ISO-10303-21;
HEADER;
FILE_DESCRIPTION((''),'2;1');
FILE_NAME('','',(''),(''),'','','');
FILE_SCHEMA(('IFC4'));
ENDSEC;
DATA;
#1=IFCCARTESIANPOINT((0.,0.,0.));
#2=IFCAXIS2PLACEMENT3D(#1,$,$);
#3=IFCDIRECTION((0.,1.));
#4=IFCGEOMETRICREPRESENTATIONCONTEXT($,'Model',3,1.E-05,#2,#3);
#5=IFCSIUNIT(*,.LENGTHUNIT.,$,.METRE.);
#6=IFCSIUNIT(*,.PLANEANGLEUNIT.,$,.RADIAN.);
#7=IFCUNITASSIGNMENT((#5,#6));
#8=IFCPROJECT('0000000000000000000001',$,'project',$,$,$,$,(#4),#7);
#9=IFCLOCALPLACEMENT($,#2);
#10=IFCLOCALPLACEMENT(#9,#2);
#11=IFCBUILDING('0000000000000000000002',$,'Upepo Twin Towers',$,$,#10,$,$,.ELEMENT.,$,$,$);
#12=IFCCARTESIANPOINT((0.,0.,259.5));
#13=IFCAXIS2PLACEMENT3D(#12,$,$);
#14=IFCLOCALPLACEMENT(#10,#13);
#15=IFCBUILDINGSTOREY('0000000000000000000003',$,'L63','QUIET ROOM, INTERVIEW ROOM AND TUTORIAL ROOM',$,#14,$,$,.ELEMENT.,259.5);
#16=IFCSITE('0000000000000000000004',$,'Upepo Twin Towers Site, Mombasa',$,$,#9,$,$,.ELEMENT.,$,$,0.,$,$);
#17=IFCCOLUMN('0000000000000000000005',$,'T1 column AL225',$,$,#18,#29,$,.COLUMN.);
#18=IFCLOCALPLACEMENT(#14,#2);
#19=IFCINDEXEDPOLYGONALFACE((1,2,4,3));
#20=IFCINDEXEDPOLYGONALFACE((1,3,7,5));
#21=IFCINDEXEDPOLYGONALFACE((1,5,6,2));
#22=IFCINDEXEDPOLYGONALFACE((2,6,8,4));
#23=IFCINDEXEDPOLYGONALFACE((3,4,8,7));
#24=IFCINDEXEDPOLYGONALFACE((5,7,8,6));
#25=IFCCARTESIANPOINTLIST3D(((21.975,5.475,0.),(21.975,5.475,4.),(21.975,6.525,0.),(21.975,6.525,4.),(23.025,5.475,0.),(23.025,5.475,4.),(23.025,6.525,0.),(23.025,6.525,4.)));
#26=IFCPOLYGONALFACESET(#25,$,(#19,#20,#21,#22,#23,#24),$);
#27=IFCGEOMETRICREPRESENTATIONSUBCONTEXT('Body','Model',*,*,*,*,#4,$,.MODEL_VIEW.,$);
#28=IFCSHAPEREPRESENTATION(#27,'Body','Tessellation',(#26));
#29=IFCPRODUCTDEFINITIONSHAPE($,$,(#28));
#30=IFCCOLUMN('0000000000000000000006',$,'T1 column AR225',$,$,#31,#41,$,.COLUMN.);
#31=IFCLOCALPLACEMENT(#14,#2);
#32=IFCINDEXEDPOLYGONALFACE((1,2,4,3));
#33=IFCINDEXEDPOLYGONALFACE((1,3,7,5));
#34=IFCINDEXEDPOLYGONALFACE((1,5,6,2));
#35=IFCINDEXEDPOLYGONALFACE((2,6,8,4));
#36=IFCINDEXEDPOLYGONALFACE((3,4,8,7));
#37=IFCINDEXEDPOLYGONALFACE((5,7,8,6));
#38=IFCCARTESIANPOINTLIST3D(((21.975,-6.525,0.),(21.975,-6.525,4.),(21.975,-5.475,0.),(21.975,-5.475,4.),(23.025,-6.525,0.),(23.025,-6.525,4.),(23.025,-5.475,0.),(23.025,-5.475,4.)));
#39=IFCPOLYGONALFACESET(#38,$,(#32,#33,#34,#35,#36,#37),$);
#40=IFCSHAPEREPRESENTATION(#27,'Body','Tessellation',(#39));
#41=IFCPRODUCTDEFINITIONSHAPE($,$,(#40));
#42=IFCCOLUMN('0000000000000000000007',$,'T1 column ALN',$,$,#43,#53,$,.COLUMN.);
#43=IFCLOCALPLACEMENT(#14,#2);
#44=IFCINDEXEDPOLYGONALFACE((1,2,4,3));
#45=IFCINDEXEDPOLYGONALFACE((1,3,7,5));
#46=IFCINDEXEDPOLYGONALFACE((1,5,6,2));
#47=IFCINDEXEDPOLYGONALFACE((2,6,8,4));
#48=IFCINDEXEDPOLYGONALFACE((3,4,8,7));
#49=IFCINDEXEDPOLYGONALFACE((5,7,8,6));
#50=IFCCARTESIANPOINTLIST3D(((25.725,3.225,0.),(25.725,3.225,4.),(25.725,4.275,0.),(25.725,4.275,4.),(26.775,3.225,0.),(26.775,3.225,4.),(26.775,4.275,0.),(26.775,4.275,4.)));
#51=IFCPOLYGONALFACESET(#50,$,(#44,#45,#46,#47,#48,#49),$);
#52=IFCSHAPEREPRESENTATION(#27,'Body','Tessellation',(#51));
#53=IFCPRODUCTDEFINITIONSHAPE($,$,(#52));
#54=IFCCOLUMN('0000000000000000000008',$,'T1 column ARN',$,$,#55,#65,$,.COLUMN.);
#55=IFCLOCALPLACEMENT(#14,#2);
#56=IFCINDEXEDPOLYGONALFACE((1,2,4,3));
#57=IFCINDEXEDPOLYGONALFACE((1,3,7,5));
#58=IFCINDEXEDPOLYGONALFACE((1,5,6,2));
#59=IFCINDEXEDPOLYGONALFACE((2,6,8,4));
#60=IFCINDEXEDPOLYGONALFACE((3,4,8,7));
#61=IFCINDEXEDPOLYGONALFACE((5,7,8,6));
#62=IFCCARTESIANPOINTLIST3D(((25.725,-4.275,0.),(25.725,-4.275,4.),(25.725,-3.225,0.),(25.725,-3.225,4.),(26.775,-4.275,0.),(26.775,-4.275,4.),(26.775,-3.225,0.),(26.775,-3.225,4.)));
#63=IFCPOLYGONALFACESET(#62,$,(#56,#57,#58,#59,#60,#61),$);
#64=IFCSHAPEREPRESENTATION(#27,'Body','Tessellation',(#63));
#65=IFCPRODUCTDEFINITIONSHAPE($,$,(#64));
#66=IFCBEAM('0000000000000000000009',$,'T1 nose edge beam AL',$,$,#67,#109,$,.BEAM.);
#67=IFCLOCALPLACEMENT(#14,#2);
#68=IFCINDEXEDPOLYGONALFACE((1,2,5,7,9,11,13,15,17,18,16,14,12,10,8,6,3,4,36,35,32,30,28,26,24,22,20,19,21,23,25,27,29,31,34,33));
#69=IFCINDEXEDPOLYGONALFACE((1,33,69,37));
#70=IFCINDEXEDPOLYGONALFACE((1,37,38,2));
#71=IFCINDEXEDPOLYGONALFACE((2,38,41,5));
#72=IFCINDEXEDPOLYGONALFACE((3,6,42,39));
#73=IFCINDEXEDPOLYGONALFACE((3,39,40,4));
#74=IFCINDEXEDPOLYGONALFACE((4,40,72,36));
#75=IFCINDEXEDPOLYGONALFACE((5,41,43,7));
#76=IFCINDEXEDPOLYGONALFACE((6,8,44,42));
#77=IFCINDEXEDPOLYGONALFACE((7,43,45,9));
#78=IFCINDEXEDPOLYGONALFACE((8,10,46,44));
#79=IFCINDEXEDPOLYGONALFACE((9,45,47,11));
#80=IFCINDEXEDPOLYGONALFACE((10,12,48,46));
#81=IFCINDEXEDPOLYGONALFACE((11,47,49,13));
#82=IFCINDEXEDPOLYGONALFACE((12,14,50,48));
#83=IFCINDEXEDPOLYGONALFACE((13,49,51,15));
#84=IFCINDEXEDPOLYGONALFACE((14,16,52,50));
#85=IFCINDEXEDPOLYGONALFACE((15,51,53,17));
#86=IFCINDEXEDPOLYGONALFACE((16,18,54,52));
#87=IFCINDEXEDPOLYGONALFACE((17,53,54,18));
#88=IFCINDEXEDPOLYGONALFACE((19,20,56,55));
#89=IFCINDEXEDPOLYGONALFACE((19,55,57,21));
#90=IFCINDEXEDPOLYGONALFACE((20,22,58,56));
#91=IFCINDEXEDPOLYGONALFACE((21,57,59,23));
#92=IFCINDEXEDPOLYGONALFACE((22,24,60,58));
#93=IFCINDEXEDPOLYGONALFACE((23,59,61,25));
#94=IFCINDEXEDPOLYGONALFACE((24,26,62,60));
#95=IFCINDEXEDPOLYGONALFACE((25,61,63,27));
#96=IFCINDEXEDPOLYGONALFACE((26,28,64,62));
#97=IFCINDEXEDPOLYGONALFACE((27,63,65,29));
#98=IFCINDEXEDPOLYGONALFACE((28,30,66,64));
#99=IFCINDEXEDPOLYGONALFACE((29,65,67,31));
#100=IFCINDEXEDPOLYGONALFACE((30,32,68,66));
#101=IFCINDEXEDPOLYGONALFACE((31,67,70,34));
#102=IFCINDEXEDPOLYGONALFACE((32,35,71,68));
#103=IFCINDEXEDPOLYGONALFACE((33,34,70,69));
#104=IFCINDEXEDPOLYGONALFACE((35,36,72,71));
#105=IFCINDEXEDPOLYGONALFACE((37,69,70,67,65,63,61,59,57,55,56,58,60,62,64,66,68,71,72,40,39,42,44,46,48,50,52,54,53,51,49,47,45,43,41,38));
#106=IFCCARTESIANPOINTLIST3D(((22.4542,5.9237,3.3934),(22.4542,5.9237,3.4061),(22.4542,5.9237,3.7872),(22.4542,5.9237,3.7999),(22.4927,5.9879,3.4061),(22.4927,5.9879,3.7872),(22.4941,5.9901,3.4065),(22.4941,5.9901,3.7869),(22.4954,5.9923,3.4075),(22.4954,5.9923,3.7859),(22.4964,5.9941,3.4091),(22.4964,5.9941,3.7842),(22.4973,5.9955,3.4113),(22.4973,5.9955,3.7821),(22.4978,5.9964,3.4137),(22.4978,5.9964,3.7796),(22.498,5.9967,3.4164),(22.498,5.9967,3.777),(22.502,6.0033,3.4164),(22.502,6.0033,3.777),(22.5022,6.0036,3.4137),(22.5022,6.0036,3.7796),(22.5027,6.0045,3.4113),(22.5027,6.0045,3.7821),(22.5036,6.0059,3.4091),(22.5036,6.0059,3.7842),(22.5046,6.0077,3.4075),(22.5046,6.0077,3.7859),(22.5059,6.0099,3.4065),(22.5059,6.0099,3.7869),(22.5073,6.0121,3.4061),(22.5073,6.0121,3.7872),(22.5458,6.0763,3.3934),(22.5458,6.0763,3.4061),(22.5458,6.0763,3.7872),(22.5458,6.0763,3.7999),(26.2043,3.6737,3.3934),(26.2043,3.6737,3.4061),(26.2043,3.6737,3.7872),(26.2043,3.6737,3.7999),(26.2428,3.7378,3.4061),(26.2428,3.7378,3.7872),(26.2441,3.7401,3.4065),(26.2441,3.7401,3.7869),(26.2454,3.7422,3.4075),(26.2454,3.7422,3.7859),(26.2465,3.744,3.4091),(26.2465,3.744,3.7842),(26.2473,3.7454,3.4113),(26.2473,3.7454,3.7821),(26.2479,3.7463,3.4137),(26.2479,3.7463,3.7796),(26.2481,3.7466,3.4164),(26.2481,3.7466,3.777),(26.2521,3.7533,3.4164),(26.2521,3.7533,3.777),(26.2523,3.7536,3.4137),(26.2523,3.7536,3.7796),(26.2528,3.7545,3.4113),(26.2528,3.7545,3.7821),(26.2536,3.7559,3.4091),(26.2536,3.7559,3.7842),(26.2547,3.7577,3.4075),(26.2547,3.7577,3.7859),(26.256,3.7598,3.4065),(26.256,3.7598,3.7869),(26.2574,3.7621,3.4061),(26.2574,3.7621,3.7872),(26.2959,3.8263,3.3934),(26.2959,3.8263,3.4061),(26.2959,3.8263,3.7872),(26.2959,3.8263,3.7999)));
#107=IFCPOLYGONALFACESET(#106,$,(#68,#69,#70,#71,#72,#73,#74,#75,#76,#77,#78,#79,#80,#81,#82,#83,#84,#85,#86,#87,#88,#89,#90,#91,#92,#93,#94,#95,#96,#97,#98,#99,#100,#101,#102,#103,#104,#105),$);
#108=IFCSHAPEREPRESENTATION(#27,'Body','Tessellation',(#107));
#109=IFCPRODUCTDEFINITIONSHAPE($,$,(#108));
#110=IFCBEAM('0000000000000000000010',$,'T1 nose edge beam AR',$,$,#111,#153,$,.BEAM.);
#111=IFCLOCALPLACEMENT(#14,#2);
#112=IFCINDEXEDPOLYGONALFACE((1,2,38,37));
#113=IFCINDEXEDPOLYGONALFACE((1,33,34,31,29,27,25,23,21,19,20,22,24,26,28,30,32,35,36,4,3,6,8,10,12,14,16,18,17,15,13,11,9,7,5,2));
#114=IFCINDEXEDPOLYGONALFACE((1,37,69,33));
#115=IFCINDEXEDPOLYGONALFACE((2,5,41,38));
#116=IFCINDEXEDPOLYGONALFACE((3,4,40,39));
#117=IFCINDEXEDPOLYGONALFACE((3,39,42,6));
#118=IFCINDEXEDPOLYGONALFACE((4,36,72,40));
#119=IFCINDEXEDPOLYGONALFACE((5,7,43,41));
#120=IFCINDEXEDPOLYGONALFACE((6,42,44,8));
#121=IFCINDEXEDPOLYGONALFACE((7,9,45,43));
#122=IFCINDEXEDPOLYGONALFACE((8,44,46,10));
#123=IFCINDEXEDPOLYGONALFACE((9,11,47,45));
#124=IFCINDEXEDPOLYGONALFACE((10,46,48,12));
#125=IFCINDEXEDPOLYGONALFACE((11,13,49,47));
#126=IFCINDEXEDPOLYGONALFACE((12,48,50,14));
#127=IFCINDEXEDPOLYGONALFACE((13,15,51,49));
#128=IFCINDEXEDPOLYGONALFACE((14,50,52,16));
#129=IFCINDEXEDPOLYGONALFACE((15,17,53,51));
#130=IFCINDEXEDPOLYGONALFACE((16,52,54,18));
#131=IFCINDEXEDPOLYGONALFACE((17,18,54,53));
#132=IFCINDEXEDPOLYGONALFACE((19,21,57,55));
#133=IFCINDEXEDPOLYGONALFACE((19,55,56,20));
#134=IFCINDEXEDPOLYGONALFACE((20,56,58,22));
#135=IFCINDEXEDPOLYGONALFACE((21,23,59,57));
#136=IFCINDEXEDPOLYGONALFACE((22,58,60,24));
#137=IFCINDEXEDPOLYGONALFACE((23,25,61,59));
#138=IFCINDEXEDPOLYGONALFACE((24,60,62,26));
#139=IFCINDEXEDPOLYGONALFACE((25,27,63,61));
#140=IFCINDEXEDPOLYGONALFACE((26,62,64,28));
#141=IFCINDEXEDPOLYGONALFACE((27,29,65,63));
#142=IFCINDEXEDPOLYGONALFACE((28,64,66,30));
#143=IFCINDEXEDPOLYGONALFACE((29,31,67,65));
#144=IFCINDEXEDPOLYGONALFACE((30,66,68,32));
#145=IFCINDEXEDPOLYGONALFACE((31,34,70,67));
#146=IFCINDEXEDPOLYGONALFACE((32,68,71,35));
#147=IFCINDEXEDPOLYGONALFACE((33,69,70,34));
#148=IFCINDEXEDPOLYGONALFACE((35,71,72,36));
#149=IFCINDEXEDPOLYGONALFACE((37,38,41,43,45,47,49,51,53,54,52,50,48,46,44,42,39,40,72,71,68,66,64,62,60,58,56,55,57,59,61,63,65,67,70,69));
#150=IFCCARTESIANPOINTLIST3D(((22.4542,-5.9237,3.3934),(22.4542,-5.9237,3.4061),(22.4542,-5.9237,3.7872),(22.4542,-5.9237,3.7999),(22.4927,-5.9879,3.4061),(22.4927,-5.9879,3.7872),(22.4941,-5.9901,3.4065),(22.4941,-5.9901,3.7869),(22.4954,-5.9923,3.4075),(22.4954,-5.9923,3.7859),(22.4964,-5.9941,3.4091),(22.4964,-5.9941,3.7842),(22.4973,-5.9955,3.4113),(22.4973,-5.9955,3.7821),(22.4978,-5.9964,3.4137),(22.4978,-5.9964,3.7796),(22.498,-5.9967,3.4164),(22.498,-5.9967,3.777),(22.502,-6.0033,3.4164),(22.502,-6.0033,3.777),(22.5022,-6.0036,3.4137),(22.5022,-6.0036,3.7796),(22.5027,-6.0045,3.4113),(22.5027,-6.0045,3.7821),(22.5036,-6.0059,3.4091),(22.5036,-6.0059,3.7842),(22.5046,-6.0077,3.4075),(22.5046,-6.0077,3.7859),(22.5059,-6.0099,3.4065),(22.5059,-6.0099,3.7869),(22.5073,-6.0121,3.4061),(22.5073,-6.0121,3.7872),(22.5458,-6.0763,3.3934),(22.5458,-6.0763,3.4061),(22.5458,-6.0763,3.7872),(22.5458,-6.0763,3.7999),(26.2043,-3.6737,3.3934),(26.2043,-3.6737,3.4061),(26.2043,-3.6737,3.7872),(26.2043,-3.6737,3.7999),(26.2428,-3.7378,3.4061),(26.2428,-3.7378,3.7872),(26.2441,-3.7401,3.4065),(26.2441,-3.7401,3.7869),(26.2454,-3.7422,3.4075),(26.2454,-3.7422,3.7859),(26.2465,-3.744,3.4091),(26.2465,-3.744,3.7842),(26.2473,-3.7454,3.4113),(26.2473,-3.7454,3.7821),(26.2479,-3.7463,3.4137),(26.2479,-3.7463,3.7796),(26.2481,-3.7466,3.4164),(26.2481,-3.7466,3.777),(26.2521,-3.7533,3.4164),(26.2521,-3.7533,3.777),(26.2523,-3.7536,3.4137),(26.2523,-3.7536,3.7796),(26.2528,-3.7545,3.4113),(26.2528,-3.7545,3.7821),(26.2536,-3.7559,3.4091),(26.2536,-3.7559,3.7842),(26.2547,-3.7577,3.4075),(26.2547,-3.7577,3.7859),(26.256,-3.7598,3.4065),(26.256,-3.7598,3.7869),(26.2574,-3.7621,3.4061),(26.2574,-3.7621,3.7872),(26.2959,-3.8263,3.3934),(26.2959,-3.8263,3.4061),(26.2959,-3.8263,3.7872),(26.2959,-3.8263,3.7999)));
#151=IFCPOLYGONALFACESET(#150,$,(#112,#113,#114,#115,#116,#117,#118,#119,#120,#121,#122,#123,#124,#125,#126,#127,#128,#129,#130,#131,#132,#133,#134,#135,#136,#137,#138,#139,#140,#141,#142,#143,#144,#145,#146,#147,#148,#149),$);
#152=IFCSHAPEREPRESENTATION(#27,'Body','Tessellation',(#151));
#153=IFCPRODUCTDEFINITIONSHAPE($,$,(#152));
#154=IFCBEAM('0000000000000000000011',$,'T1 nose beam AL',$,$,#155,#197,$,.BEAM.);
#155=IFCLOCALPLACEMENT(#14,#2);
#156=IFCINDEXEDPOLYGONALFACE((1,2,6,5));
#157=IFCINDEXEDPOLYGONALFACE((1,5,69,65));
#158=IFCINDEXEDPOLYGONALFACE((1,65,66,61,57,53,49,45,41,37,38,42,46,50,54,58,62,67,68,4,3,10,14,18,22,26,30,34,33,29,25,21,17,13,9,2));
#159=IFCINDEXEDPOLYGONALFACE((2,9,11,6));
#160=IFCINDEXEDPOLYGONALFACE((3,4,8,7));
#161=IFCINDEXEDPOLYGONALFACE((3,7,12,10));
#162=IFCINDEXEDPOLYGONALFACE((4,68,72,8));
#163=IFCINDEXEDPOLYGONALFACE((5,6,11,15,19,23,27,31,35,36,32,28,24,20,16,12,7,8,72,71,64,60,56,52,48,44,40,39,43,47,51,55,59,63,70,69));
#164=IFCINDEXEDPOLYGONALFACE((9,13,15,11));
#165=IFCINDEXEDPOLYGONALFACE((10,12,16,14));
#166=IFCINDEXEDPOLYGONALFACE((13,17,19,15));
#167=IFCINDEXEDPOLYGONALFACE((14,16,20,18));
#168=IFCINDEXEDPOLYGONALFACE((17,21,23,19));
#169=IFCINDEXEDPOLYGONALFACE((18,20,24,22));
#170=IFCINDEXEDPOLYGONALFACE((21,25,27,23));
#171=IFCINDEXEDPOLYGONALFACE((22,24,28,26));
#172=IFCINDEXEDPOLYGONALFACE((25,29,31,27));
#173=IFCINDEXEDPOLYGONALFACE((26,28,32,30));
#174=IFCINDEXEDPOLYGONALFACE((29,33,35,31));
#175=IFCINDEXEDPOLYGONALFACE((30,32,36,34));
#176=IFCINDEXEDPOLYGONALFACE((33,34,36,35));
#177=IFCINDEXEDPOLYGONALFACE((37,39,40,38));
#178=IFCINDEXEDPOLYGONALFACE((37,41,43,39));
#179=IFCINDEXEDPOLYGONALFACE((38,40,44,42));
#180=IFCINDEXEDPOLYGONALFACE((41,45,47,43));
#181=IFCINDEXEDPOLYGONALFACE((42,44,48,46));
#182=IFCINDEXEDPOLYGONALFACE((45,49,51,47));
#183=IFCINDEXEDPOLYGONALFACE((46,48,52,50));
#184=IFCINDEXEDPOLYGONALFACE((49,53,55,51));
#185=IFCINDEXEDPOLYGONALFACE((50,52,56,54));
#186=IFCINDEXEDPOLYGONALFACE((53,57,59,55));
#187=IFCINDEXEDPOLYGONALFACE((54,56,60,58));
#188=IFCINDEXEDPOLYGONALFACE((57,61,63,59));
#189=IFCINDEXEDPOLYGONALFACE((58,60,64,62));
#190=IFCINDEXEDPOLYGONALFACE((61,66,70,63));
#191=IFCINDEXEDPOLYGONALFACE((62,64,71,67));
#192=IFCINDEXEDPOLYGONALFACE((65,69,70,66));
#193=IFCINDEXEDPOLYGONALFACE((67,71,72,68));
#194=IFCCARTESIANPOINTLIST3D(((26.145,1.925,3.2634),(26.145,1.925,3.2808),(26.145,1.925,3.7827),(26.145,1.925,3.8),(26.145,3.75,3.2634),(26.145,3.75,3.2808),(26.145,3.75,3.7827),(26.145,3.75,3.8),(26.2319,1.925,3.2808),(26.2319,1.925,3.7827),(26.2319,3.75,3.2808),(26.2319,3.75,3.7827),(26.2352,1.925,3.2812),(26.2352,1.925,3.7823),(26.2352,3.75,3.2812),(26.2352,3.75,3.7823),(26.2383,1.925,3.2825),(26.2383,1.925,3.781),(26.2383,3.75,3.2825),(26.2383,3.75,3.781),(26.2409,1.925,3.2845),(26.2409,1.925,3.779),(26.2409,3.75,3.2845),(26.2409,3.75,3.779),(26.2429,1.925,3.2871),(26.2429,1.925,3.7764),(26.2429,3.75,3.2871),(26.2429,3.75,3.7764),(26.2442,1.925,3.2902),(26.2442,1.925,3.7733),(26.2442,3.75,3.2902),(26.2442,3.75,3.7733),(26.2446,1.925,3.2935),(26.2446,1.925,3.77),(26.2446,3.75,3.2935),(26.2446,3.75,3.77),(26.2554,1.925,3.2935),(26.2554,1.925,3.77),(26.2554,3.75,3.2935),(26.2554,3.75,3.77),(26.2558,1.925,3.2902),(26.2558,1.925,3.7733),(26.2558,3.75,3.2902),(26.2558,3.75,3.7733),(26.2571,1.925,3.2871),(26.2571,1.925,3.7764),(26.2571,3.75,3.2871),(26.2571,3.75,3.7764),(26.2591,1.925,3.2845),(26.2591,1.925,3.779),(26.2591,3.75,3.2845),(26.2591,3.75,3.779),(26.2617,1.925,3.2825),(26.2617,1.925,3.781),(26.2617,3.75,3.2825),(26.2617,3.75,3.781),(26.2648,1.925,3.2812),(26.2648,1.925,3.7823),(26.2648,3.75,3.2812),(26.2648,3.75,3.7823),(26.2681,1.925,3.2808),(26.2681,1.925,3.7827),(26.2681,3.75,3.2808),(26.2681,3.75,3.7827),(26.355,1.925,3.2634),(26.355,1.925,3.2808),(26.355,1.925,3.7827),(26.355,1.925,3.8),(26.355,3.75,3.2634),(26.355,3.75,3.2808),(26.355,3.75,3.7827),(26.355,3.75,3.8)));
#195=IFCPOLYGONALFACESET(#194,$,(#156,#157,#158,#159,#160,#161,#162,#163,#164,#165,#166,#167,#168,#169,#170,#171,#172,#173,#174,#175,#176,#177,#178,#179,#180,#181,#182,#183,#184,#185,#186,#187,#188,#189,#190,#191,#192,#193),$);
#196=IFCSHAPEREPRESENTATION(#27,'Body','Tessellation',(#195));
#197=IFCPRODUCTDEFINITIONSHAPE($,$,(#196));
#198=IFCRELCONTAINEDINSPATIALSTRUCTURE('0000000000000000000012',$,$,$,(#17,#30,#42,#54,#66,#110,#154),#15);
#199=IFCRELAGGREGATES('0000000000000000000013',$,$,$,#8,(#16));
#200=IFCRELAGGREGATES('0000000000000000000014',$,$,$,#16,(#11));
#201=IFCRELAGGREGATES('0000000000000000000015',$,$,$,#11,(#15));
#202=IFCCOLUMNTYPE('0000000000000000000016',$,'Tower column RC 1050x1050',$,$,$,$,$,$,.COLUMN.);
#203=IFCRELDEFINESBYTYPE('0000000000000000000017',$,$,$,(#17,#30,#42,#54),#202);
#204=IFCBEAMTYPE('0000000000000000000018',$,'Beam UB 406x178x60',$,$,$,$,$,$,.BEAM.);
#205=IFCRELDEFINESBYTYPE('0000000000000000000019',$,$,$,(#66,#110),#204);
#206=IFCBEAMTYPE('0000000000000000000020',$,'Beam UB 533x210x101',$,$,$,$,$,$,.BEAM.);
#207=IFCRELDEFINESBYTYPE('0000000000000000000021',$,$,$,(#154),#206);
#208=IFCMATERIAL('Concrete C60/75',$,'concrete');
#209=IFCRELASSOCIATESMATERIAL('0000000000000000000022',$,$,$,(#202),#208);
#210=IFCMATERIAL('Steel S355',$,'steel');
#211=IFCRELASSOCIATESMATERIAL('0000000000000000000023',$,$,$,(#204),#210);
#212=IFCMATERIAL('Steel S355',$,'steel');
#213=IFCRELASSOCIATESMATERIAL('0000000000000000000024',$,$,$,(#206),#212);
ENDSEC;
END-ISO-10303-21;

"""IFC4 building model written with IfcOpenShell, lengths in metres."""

from ifc_helpers import new_model, si_unit, direction, frame, origin, origin_2d, place, context, subcontext, project, spatial, rectangle, i_section, extrude, material, material_profile, profile_set, type_object, element, save


model = new_model("IFC4")

# Units and contexts
model_context = context("Model", 3, precision=1e-05, world=origin(), true_north=direction((0.0, 1.0)))
body_context = subcontext(model_context, "Body", "Model", "MODEL_VIEW")
ifc_project = project(units=[si_unit("LENGTHUNIT", "METRE"), si_unit("PLANEANGLEUNIT", "RADIAN")], contexts=[model_context])

# Site, building, storey
site_placement = place(None, origin())
site = spatial("IfcSite", under=ifc_project, at=site_placement, Name="Upepo Twin Towers Site, Mombasa", CompositionType="ELEMENT", RefElevation=0.0)
building_placement = place(site_placement, origin())
building = spatial("IfcBuilding", under=site, at=building_placement, Name="Upepo Twin Towers", CompositionType="ELEMENT")
storey_placement = place(building_placement, frame((0.0, 0.0, 259.5)))
storey = spatial("IfcBuildingStorey", under=building, at=storey_placement, Name="L63", Description="QUIET ROOM, INTERVIEW ROOM AND TUTORIAL ROOM", CompositionType="ELEMENT", Elevation=259.5)

# Columns
ifc_material_1 = material(Name="Concrete C60/75", Category="concrete")
ifc_material_profile_1 = material_profile(ifc_material_1, rectangle(XDim=1.05, YDim=1.05, at=origin_2d()), Name="RC 1050x1050")
ifc_profile_set_1 = profile_set([ifc_material_profile_1], Name="Concrete C60/75")
column_type = type_object("IfcColumnType", Name="Tower column RC 1050x1050", PredefinedType="COLUMN", material=ifc_profile_set_1)
for number, where, z_axis, x_axis, name in (
    (1, (22.5, 6.0, 0.0), (0.0, 0.0, 1.0), (1.0, 0.0, 0.0), "T1 column AL225"),
    (2, (22.5, -6.0, 0.0), (0.0, 0.0, 1.0), (1.0, 0.0, 0.0), "T1 column AR225"),
    (3, (26.25, 3.75, 0.0), (0.0, 0.0, 1.0), (1.0, 0.0, 0.0), "T1 column ALN"),
    (4, (26.25, -3.75, 0.0), (0.0, 0.0, 1.0), (1.0, 0.0, 0.0), "T1 column ARN"),
):
    element("IfcColumn", number, at=place(storey_placement, frame(where, z_axis=z_axis, x_axis=x_axis)), inside=storey, type_object=column_type, Name=name, PredefinedType="COLUMN", context=body_context, shape_type="SweptSolid", body=[
        extrude(rectangle(XDim=1.05, YDim=1.05, at=origin_2d()), origin(), (0.0, 0.0, 1.0), 4.0),
    ])

# Beams
ifc_material_2 = material(Name="Steel S355", Category="steel")
ifc_material_profile_2 = material_profile(ifc_material_2, i_section(OverallWidth=0.178, OverallDepth=0.4065, WebThickness=0.0078, FlangeThickness=0.0127, FilletRadius=0.0103, at=origin_2d()), Name="UB 406x178x60")
ifc_profile_set_2 = profile_set([ifc_material_profile_2], Name="Steel S355")
beam_type_1 = type_object("IfcBeamType", Name="Beam UB 406x178x60", PredefinedType="BEAM", material=ifc_profile_set_2)
for number, where, z_axis, x_axis, name in (
    (5, (22.5, 6.0, 3.5967), (0.857493, -0.514496, 0.0), (0.514496, 0.857493, 0.0), "T1 nose edge beam AL"),
    (6, (22.5, -6.0, 3.5967), (0.857493, 0.514496, 0.0), (-0.514496, 0.857493, 0.0), "T1 nose edge beam AR"),
):
    element("IfcBeam", number, at=place(storey_placement, frame(where, z_axis=z_axis, x_axis=x_axis)), inside=storey, type_object=beam_type_1, Name=name, PredefinedType="BEAM", context=body_context, shape_type="SweptSolid", body=[
        extrude(i_section(OverallWidth=0.178, OverallDepth=0.4065, WebThickness=0.0078, FlangeThickness=0.0127, FilletRadius=0.0103, at=origin_2d()), origin(), (0.0, 0.0, 1.0), 4.3733),
    ])
ifc_material_3 = material(Name="Steel S355", Category="steel")
ifc_material_profile_3 = material_profile(ifc_material_3, i_section(OverallWidth=0.21, OverallDepth=0.5366, WebThickness=0.0107, FlangeThickness=0.0173, FilletRadius=0.0127, at=origin_2d()), Name="UB 533x210x101")
ifc_profile_set_3 = profile_set([ifc_material_profile_3], Name="Steel S355")
beam_type_2 = type_object("IfcBeamType", Name="Beam UB 533x210x101", PredefinedType="BEAM", material=ifc_profile_set_3)
for number, where, z_axis, x_axis, name in (
    (7, (26.25, 3.75, 3.5317), (0.0, -1.0, 0.0), (1.0, 0.0, 0.0), "T1 nose beam AL"),
):
    element("IfcBeam", number, at=place(storey_placement, frame(where, z_axis=z_axis, x_axis=x_axis)), inside=storey, type_object=beam_type_2, Name=name, PredefinedType="BEAM", context=body_context, shape_type="SweptSolid", body=[
        extrude(i_section(OverallWidth=0.21, OverallDepth=0.5366, WebThickness=0.0107, FlangeThickness=0.0173, FilletRadius=0.0127, at=origin_2d()), origin(), (0.0, 0.0, 1.0), 1.825),
    ])

save(model, "model.ifc")
